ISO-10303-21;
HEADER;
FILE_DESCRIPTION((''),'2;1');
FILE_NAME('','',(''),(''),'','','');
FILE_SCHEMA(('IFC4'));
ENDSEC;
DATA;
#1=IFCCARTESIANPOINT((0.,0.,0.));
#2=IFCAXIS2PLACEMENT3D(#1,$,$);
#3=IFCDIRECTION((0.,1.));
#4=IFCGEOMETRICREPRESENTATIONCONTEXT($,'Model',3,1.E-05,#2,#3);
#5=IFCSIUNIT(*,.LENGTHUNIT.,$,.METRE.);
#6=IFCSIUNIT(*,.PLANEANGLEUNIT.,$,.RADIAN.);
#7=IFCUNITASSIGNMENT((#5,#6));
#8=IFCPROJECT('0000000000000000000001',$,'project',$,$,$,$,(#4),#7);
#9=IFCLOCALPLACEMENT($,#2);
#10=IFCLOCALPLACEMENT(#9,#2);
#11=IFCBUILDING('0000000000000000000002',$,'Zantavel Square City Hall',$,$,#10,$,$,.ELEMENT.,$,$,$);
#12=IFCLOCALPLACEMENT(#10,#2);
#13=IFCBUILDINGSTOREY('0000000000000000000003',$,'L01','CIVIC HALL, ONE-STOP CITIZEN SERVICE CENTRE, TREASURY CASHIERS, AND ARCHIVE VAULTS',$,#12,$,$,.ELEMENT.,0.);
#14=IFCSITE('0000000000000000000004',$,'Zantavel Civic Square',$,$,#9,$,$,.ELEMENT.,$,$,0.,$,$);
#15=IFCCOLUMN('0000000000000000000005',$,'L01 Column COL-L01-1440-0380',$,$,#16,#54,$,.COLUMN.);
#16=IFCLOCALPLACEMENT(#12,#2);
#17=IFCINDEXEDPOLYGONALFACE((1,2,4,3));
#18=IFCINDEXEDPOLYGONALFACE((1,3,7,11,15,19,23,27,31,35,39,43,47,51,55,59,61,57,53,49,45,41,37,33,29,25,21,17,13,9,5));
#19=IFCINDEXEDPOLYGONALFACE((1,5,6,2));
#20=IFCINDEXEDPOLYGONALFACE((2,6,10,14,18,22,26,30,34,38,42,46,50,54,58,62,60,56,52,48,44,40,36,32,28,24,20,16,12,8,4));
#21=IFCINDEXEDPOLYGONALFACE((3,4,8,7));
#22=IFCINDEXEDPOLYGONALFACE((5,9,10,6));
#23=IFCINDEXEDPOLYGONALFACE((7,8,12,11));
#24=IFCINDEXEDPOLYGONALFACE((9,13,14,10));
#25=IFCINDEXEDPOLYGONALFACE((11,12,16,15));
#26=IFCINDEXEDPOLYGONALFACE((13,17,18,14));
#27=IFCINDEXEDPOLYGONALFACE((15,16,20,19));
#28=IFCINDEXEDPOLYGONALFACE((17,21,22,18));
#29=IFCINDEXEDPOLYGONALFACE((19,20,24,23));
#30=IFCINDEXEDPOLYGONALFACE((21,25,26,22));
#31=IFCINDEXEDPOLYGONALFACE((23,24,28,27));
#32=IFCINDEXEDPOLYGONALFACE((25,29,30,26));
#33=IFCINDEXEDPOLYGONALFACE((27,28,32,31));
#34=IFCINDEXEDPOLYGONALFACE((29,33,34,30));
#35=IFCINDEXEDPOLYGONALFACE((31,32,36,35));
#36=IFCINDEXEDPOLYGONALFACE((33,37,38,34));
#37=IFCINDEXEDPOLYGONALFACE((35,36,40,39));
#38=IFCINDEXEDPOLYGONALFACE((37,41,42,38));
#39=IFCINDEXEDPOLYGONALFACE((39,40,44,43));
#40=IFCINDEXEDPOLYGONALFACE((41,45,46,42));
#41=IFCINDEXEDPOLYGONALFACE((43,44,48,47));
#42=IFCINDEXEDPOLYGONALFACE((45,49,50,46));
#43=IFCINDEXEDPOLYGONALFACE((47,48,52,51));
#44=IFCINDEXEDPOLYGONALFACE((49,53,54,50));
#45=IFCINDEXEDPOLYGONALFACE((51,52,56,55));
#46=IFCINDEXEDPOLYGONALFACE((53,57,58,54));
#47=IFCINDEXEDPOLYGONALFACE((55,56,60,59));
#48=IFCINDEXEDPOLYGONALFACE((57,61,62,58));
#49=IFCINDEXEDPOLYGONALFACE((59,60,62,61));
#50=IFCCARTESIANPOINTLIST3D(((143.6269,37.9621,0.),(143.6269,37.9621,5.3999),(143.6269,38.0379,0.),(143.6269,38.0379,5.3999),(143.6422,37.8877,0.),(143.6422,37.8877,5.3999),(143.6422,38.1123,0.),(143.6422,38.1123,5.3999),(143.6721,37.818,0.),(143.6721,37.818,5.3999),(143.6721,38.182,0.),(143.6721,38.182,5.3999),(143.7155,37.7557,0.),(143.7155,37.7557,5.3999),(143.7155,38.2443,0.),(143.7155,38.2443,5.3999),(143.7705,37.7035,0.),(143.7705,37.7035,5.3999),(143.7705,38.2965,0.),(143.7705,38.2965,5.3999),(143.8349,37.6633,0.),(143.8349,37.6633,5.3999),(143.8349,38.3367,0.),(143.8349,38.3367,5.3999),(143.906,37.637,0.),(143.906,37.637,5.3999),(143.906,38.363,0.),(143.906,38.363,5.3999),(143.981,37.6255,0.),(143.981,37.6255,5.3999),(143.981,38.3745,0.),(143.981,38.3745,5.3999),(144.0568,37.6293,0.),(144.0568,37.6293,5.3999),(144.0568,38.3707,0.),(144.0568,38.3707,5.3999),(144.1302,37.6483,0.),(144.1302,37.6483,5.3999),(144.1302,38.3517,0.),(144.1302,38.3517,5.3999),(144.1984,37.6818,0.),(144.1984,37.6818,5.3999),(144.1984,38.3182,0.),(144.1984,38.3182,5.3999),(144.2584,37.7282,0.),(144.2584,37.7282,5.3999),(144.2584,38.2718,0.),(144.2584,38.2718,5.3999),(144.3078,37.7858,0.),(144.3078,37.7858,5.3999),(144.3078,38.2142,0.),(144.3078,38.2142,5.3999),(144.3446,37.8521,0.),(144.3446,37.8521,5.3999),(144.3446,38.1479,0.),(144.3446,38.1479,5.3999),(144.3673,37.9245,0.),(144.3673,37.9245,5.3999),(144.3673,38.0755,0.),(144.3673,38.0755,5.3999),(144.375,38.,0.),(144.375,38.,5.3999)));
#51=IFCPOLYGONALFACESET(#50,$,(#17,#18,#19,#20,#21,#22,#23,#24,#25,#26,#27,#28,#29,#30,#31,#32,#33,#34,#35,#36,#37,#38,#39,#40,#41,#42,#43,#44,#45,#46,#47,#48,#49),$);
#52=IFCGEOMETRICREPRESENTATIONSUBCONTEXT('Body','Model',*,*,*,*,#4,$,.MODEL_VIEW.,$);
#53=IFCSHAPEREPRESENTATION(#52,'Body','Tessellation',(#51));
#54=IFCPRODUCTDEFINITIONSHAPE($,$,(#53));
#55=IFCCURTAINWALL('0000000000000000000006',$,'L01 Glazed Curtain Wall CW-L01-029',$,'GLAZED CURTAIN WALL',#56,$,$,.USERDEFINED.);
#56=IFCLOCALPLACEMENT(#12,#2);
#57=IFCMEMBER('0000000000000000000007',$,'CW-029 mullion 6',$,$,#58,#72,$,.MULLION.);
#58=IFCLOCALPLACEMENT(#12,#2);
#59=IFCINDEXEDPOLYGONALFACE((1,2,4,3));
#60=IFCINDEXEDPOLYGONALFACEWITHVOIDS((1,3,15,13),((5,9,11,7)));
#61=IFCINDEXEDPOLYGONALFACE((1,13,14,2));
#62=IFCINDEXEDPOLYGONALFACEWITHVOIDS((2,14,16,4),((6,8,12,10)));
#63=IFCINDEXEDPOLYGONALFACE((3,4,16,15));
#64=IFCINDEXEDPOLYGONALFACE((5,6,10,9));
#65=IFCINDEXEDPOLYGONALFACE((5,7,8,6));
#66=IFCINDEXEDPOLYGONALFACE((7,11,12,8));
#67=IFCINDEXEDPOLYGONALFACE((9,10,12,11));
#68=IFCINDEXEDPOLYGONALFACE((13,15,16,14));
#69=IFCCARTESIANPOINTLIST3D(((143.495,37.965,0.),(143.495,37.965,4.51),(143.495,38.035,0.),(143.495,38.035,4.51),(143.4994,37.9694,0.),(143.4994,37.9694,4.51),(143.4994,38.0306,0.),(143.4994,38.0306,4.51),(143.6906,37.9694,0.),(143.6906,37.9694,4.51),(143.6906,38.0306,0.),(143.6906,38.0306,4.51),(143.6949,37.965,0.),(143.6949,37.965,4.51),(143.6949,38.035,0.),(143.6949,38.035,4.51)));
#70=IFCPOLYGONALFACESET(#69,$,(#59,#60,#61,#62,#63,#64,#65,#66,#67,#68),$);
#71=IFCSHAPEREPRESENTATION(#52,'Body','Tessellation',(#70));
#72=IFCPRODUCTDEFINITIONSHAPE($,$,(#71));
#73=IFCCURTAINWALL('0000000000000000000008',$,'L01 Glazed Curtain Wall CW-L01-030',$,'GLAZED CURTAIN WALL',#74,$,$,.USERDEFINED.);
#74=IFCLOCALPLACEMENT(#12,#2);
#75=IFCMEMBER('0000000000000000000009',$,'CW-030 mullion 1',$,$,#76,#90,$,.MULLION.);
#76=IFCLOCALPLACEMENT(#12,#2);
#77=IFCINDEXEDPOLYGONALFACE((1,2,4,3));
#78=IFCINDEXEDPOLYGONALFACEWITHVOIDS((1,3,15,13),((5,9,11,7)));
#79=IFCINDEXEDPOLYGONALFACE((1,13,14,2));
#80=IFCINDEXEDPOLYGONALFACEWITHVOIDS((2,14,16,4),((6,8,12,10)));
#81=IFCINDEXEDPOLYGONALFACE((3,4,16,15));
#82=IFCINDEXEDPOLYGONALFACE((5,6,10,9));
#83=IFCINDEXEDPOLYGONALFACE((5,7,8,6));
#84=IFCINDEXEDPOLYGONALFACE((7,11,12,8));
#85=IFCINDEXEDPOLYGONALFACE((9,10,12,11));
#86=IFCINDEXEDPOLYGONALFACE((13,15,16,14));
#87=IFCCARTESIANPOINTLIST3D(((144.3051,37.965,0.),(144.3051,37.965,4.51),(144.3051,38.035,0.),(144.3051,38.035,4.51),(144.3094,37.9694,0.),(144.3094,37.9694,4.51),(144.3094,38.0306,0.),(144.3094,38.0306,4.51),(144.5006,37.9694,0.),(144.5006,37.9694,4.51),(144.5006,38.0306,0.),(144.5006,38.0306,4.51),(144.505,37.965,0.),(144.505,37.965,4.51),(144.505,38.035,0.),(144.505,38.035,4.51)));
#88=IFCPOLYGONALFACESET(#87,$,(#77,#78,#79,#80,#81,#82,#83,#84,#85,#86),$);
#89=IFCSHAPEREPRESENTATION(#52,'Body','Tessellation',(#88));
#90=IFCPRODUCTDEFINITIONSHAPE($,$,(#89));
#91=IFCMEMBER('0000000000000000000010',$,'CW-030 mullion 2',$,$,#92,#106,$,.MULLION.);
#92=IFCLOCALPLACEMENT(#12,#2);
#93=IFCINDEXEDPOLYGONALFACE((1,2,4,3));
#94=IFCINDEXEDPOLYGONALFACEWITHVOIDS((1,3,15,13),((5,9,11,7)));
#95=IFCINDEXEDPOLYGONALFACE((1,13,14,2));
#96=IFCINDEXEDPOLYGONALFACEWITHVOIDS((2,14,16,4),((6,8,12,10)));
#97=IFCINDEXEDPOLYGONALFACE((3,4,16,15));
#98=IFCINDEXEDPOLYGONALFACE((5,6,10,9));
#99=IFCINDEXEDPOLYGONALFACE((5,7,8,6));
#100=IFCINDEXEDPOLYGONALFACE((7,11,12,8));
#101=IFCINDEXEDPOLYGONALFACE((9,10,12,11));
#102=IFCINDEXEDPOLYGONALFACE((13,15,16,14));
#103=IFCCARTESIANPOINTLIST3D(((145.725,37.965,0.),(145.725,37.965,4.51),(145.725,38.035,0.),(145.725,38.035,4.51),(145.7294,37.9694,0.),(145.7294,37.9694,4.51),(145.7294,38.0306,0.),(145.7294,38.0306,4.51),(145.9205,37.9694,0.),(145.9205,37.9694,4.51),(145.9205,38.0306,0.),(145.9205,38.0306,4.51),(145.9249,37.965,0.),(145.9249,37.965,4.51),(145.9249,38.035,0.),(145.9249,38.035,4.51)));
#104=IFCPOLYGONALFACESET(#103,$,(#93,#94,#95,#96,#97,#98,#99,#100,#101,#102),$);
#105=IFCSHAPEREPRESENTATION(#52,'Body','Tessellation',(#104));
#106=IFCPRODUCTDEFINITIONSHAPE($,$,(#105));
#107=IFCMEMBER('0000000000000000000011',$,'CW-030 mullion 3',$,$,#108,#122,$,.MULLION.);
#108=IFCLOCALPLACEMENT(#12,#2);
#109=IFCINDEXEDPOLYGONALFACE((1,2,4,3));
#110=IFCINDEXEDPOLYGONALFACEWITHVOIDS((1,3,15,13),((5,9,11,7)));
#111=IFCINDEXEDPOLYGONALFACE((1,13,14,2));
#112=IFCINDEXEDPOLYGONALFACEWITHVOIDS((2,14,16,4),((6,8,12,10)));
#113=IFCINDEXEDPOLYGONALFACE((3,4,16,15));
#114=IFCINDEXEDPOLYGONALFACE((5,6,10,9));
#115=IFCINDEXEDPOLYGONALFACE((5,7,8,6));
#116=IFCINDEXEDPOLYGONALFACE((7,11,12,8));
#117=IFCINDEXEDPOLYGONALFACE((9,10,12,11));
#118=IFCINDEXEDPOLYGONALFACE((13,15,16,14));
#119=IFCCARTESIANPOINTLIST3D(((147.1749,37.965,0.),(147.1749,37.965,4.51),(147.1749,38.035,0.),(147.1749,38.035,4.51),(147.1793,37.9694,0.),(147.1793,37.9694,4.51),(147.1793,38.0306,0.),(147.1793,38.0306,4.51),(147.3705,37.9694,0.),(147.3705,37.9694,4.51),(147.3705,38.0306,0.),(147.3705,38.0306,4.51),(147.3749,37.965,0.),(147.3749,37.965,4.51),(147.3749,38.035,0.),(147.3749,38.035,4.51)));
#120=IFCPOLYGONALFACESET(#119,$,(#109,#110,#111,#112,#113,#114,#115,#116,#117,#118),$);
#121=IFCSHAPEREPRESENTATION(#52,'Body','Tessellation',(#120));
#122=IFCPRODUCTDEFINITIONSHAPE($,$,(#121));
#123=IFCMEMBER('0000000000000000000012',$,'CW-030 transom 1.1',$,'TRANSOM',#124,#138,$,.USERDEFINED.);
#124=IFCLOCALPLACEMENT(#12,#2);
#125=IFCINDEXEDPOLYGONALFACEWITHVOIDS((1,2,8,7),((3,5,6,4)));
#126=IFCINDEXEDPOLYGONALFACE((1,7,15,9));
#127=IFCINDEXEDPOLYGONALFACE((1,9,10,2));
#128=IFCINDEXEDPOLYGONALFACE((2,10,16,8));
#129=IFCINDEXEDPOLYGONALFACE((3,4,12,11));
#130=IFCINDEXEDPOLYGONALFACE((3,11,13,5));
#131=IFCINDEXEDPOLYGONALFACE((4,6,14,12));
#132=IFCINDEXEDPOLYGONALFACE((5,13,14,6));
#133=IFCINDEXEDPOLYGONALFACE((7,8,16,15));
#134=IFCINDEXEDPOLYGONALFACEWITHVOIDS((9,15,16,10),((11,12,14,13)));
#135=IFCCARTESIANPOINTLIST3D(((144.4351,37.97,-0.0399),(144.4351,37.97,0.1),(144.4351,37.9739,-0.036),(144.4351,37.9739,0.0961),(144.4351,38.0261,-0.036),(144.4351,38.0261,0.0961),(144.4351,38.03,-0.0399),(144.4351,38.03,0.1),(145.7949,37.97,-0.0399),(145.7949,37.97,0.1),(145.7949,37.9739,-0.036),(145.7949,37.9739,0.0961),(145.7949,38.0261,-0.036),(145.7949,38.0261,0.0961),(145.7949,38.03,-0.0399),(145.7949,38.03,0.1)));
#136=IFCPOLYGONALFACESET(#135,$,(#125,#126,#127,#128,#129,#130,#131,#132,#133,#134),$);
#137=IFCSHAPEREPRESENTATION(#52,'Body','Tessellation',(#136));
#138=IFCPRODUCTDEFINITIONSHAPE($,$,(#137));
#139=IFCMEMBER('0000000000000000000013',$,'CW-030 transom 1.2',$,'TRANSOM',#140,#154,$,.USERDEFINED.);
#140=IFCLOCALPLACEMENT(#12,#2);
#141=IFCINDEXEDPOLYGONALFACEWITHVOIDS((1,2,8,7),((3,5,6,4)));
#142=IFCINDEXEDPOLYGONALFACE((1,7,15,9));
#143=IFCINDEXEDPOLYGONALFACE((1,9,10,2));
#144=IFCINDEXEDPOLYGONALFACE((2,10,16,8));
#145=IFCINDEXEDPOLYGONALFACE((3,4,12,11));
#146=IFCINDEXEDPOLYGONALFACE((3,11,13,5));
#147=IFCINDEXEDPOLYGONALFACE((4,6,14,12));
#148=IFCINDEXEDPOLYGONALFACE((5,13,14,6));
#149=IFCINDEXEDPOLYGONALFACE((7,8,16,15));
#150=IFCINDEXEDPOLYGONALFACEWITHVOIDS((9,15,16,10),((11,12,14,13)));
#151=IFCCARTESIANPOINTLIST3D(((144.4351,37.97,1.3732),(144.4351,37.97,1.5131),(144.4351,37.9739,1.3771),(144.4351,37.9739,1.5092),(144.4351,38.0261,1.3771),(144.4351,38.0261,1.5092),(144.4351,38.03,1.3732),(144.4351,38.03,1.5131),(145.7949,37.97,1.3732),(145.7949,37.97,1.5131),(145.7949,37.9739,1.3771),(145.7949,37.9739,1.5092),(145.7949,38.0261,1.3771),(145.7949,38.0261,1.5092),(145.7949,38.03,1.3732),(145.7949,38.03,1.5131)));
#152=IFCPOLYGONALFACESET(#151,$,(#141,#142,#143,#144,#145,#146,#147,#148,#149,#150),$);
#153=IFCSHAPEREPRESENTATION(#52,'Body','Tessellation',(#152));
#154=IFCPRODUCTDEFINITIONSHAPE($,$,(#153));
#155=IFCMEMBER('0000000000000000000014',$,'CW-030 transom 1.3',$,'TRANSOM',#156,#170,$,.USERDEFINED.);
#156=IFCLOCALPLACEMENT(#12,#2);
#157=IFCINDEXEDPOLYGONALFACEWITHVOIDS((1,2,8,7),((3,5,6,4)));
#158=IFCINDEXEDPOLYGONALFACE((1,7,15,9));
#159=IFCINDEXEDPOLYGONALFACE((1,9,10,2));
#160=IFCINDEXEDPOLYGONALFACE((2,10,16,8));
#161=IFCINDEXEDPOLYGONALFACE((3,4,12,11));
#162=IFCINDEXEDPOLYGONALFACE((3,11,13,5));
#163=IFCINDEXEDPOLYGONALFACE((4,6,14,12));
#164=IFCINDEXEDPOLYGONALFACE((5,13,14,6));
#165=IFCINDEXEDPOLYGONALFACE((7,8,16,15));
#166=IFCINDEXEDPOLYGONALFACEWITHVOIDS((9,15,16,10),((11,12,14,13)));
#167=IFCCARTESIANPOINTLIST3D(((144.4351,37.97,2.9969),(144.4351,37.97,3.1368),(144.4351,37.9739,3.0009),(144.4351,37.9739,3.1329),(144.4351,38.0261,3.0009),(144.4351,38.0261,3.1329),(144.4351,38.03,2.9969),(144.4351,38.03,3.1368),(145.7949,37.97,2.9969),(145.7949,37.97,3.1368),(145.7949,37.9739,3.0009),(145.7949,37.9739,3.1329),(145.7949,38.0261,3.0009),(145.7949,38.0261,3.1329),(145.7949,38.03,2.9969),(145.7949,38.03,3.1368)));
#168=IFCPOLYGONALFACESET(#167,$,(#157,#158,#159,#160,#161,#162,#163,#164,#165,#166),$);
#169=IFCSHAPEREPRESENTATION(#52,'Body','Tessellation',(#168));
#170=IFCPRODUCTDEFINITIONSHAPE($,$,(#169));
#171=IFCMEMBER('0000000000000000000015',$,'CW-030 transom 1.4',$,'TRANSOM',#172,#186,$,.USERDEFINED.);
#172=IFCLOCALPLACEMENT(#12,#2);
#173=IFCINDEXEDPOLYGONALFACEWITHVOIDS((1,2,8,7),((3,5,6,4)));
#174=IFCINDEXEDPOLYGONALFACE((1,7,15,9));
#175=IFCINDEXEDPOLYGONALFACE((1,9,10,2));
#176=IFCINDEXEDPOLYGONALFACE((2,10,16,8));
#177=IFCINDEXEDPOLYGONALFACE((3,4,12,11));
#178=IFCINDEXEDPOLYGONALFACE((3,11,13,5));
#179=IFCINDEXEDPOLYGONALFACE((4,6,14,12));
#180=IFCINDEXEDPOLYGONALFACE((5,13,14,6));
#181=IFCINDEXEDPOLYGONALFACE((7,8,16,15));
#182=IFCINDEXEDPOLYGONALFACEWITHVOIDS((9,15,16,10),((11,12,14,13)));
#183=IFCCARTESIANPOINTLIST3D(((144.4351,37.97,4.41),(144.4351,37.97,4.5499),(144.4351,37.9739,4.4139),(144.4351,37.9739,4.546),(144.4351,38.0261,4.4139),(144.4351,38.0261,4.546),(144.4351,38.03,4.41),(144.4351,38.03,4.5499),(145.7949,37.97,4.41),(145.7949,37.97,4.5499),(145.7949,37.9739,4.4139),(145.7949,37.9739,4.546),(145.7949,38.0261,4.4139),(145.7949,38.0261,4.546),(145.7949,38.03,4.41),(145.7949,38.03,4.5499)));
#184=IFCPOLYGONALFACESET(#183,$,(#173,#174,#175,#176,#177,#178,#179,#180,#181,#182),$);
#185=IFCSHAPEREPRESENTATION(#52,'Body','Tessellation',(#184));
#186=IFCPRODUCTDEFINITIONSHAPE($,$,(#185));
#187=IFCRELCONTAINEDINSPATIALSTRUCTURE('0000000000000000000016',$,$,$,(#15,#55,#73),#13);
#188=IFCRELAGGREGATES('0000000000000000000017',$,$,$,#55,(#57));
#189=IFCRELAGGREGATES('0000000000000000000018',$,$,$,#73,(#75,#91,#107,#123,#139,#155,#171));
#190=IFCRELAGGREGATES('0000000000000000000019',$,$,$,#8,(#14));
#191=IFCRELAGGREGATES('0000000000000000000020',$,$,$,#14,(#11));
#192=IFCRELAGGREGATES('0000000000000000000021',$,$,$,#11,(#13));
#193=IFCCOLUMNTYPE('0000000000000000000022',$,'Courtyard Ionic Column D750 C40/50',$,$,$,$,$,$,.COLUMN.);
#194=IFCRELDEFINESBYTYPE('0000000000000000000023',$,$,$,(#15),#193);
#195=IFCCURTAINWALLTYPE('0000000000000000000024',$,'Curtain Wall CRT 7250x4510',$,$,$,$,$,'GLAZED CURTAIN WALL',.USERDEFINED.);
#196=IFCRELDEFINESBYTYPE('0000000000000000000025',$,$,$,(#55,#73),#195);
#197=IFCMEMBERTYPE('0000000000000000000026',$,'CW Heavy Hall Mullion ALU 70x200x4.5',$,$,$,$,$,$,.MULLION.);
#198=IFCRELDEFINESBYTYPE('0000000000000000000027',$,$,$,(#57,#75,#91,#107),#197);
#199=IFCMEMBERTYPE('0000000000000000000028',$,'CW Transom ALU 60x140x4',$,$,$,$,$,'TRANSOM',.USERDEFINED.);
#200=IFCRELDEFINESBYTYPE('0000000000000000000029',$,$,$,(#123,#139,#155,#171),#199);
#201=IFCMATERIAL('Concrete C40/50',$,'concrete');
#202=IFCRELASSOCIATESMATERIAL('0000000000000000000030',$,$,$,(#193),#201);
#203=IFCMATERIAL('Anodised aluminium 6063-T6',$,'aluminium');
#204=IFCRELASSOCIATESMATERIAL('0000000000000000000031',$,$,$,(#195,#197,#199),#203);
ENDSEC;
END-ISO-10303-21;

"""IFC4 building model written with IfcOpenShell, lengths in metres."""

from ifc_helpers import new_model, si_unit, direction, frame, origin, origin_2d, place, context, subcontext, project, spatial, hollow_rectangle, circle, extrude, material, material_profile, profile_set, type_object, element, aggregate, save


model = new_model("IFC4")

# Units and contexts
model_context = context("Model", 3, precision=1e-05, world=origin(), true_north=direction((0.0, 1.0)))
body_context = subcontext(model_context, "Body", "Model", "MODEL_VIEW")
ifc_project = project(units=[si_unit("LENGTHUNIT", "METRE"), si_unit("PLANEANGLEUNIT", "RADIAN")], contexts=[model_context])

# Site, building, storey
site_placement = place(None, origin())
site = spatial("IfcSite", under=ifc_project, at=site_placement, Name="Zantavel Civic Square", CompositionType="ELEMENT", RefElevation=0.0)
building_placement = place(site_placement, origin())
building = spatial("IfcBuilding", under=site, at=building_placement, Name="Zantavel Square City Hall", CompositionType="ELEMENT")
storey_placement = place(building_placement, origin())
storey = spatial("IfcBuildingStorey", under=building, at=storey_placement, Name="L01", Description="CIVIC HALL, ONE-STOP CITIZEN SERVICE CENTRE, TREASURY CASHIERS, AND ARCHIVE VAULTS", CompositionType="ELEMENT", Elevation=0.0)

# Column
ifc_material_1 = material(Name="Concrete C40/50", Category="concrete")
ifc_material_profile_1 = material_profile(ifc_material_1, circle(Radius=0.375, at=origin_2d()), Name="ROUND D750")
ifc_profile_set_1 = profile_set([ifc_material_profile_1], Name="Concrete C40/50")
column_type = type_object("IfcColumnType", Name="Courtyard Ionic Column D750 C40/50", PredefinedType="COLUMN", material=ifc_profile_set_1)
column_placement = place(storey_placement, frame((144.0, 38.0, 0.0), z_axis=(0.0, 0.0, 1.0), x_axis=(1.0, 0.0, 0.0)))
element("IfcColumn", 1, at=column_placement, inside=storey, type_object=column_type, Name="L01 Column COL-L01-1440-0380", PredefinedType="COLUMN", context=body_context, shape_type="SweptSolid", body=[
    extrude(circle(Radius=0.375, at=origin_2d()), origin(), (0.0, 0.0, 1.0), 5.3999),
])

# Curtain wall, member
ifc_material_2 = material(Name="Anodised aluminium 6063-T6", Category="aluminium")
curtain_wall_type = type_object("IfcCurtainWallType", Name="Curtain Wall CRT 7250x4510", ElementType="GLAZED CURTAIN WALL", PredefinedType="USERDEFINED", material=ifc_material_2)
curtain_wall_1_placement = place(storey_placement, origin())
curtain_wall_1 = element("IfcCurtainWall", 2, at=curtain_wall_1_placement, inside=storey, type_object=curtain_wall_type, Name="L01 Glazed Curtain Wall CW-L01-029", ObjectType="GLAZED CURTAIN WALL", PredefinedType="USERDEFINED")
ifc_material_profile_2 = material_profile(ifc_material_2, hollow_rectangle(XDim=0.0701, YDim=0.2, WallThickness=0.0044, at=origin_2d()), Name="ALU 70x200x4.5")
ifc_profile_set_2 = profile_set([ifc_material_profile_2], Name="Anodised aluminium 6063-T6")
member_type_1 = type_object("IfcMemberType", Name="CW Heavy Hall Mullion ALU 70x200x4.5", PredefinedType="MULLION", material=ifc_profile_set_2)
member_1_placement = place(storey_placement, frame((143.595, 38.0, 0.0), z_axis=(0.0, 0.0, 1.0), x_axis=(0.0, 1.0, 0.0)))
member_1 = element("IfcMember", 3, at=member_1_placement, type_object=member_type_1, Name="CW-029 mullion 6", PredefinedType="MULLION", context=body_context, shape_type="SweptSolid", body=[
    extrude(hollow_rectangle(XDim=0.0701, YDim=0.2, WallThickness=0.0044, at=origin_2d()), origin(), (0.0, 0.0, 1.0), 4.51),
])

# Curtain wall, members
curtain_wall_2_placement = place(storey_placement, origin())
curtain_wall_2 = element("IfcCurtainWall", 4, at=curtain_wall_2_placement, inside=storey, type_object=curtain_wall_type, Name="L01 Glazed Curtain Wall CW-L01-030", ObjectType="GLAZED CURTAIN WALL", PredefinedType="USERDEFINED")
member_2_placement = place(storey_placement, frame((144.405, 38.0, 0.0), z_axis=(0.0, 0.0, 1.0), x_axis=(0.0, 1.0, 0.0)))
member_2 = element("IfcMember", 5, at=member_2_placement, type_object=member_type_1, Name="CW-030 mullion 1", PredefinedType="MULLION", context=body_context, shape_type="SweptSolid", body=[
    extrude(hollow_rectangle(XDim=0.0701, YDim=0.2, WallThickness=0.0044, at=origin_2d()), origin(), (0.0, 0.0, 1.0), 4.51),
])
member_3_placement = place(storey_placement, frame((145.825, 38.0, 0.0), z_axis=(0.0, 0.0, 1.0), x_axis=(0.0, 1.0, 0.0)))
member_3 = element("IfcMember", 6, at=member_3_placement, type_object=member_type_1, Name="CW-030 mullion 2", PredefinedType="MULLION", context=body_context, shape_type="SweptSolid", body=[
    extrude(hollow_rectangle(XDim=0.0701, YDim=0.2, WallThickness=0.0044, at=origin_2d()), origin(), (0.0, 0.0, 1.0), 4.51),
])
member_4_placement = place(storey_placement, frame((147.2749, 38.0, 0.0), z_axis=(0.0, 0.0, 1.0), x_axis=(0.0, 1.0, 0.0)))
member_4 = element("IfcMember", 7, at=member_4_placement, type_object=member_type_1, Name="CW-030 mullion 3", PredefinedType="MULLION", context=body_context, shape_type="SweptSolid", body=[
    extrude(hollow_rectangle(XDim=0.0701, YDim=0.2, WallThickness=0.0044, at=origin_2d()), origin(), (0.0, 0.0, 1.0), 4.51),
])
ifc_material_profile_3 = material_profile(ifc_material_2, hollow_rectangle(XDim=0.0601, YDim=0.1399, WallThickness=0.0039, at=origin_2d()), Name="ALU 60x140x4")
ifc_profile_set_3 = profile_set([ifc_material_profile_3], Name="Anodised aluminium 6063-T6")
member_type_2 = type_object("IfcMemberType", Name="CW Transom ALU 60x140x4", ElementType="TRANSOM", PredefinedType="USERDEFINED", material=ifc_profile_set_3)
member_5_placement = place(storey_placement, frame((144.4351, 38.0, 0.03), z_axis=(1.0, 0.0, 0.0), x_axis=(0.0, 1.0, 0.0)))
member_5 = element("IfcMember", 8, at=member_5_placement, type_object=member_type_2, Name="CW-030 transom 1.1", ObjectType="TRANSOM", PredefinedType="USERDEFINED", context=body_context, shape_type="SweptSolid", body=[
    extrude(hollow_rectangle(XDim=0.0601, YDim=0.1399, WallThickness=0.0039, at=origin_2d()), origin(), (0.0, 0.0, 1.0), 1.3599),
])
member_6_placement = place(storey_placement, frame((144.4351, 38.0, 1.4431), z_axis=(1.0, 0.0, 0.0), x_axis=(0.0, 1.0, 0.0)))
member_6 = element("IfcMember", 9, at=member_6_placement, type_object=member_type_2, Name="CW-030 transom 1.2", ObjectType="TRANSOM", PredefinedType="USERDEFINED", context=body_context, shape_type="SweptSolid", body=[
    extrude(hollow_rectangle(XDim=0.0601, YDim=0.1399, WallThickness=0.0039, at=origin_2d()), origin(), (0.0, 0.0, 1.0), 1.3599),
])
member_7_placement = place(storey_placement, frame((144.4351, 38.0, 3.0669), z_axis=(1.0, 0.0, 0.0), x_axis=(0.0, 1.0, 0.0)))
member_7 = element("IfcMember", 10, at=member_7_placement, type_object=member_type_2, Name="CW-030 transom 1.3", ObjectType="TRANSOM", PredefinedType="USERDEFINED", context=body_context, shape_type="SweptSolid", body=[
    extrude(hollow_rectangle(XDim=0.0601, YDim=0.1399, WallThickness=0.0039, at=origin_2d()), origin(), (0.0, 0.0, 1.0), 1.3599),
])
member_8_placement = place(storey_placement, frame((144.4351, 38.0, 4.48), z_axis=(1.0, 0.0, 0.0), x_axis=(0.0, 1.0, 0.0)))
member_8 = element("IfcMember", 11, at=member_8_placement, type_object=member_type_2, Name="CW-030 transom 1.4", ObjectType="TRANSOM", PredefinedType="USERDEFINED", context=body_context, shape_type="SweptSolid", body=[
    extrude(hollow_rectangle(XDim=0.0601, YDim=0.1399, WallThickness=0.0039, at=origin_2d()), origin(), (0.0, 0.0, 1.0), 1.3599),
])

aggregate(curtain_wall_1, [member_1])
aggregate(curtain_wall_2, [member_2, member_3, member_4, member_5, member_6, member_7, member_8])

save(model, "model.ifc")
